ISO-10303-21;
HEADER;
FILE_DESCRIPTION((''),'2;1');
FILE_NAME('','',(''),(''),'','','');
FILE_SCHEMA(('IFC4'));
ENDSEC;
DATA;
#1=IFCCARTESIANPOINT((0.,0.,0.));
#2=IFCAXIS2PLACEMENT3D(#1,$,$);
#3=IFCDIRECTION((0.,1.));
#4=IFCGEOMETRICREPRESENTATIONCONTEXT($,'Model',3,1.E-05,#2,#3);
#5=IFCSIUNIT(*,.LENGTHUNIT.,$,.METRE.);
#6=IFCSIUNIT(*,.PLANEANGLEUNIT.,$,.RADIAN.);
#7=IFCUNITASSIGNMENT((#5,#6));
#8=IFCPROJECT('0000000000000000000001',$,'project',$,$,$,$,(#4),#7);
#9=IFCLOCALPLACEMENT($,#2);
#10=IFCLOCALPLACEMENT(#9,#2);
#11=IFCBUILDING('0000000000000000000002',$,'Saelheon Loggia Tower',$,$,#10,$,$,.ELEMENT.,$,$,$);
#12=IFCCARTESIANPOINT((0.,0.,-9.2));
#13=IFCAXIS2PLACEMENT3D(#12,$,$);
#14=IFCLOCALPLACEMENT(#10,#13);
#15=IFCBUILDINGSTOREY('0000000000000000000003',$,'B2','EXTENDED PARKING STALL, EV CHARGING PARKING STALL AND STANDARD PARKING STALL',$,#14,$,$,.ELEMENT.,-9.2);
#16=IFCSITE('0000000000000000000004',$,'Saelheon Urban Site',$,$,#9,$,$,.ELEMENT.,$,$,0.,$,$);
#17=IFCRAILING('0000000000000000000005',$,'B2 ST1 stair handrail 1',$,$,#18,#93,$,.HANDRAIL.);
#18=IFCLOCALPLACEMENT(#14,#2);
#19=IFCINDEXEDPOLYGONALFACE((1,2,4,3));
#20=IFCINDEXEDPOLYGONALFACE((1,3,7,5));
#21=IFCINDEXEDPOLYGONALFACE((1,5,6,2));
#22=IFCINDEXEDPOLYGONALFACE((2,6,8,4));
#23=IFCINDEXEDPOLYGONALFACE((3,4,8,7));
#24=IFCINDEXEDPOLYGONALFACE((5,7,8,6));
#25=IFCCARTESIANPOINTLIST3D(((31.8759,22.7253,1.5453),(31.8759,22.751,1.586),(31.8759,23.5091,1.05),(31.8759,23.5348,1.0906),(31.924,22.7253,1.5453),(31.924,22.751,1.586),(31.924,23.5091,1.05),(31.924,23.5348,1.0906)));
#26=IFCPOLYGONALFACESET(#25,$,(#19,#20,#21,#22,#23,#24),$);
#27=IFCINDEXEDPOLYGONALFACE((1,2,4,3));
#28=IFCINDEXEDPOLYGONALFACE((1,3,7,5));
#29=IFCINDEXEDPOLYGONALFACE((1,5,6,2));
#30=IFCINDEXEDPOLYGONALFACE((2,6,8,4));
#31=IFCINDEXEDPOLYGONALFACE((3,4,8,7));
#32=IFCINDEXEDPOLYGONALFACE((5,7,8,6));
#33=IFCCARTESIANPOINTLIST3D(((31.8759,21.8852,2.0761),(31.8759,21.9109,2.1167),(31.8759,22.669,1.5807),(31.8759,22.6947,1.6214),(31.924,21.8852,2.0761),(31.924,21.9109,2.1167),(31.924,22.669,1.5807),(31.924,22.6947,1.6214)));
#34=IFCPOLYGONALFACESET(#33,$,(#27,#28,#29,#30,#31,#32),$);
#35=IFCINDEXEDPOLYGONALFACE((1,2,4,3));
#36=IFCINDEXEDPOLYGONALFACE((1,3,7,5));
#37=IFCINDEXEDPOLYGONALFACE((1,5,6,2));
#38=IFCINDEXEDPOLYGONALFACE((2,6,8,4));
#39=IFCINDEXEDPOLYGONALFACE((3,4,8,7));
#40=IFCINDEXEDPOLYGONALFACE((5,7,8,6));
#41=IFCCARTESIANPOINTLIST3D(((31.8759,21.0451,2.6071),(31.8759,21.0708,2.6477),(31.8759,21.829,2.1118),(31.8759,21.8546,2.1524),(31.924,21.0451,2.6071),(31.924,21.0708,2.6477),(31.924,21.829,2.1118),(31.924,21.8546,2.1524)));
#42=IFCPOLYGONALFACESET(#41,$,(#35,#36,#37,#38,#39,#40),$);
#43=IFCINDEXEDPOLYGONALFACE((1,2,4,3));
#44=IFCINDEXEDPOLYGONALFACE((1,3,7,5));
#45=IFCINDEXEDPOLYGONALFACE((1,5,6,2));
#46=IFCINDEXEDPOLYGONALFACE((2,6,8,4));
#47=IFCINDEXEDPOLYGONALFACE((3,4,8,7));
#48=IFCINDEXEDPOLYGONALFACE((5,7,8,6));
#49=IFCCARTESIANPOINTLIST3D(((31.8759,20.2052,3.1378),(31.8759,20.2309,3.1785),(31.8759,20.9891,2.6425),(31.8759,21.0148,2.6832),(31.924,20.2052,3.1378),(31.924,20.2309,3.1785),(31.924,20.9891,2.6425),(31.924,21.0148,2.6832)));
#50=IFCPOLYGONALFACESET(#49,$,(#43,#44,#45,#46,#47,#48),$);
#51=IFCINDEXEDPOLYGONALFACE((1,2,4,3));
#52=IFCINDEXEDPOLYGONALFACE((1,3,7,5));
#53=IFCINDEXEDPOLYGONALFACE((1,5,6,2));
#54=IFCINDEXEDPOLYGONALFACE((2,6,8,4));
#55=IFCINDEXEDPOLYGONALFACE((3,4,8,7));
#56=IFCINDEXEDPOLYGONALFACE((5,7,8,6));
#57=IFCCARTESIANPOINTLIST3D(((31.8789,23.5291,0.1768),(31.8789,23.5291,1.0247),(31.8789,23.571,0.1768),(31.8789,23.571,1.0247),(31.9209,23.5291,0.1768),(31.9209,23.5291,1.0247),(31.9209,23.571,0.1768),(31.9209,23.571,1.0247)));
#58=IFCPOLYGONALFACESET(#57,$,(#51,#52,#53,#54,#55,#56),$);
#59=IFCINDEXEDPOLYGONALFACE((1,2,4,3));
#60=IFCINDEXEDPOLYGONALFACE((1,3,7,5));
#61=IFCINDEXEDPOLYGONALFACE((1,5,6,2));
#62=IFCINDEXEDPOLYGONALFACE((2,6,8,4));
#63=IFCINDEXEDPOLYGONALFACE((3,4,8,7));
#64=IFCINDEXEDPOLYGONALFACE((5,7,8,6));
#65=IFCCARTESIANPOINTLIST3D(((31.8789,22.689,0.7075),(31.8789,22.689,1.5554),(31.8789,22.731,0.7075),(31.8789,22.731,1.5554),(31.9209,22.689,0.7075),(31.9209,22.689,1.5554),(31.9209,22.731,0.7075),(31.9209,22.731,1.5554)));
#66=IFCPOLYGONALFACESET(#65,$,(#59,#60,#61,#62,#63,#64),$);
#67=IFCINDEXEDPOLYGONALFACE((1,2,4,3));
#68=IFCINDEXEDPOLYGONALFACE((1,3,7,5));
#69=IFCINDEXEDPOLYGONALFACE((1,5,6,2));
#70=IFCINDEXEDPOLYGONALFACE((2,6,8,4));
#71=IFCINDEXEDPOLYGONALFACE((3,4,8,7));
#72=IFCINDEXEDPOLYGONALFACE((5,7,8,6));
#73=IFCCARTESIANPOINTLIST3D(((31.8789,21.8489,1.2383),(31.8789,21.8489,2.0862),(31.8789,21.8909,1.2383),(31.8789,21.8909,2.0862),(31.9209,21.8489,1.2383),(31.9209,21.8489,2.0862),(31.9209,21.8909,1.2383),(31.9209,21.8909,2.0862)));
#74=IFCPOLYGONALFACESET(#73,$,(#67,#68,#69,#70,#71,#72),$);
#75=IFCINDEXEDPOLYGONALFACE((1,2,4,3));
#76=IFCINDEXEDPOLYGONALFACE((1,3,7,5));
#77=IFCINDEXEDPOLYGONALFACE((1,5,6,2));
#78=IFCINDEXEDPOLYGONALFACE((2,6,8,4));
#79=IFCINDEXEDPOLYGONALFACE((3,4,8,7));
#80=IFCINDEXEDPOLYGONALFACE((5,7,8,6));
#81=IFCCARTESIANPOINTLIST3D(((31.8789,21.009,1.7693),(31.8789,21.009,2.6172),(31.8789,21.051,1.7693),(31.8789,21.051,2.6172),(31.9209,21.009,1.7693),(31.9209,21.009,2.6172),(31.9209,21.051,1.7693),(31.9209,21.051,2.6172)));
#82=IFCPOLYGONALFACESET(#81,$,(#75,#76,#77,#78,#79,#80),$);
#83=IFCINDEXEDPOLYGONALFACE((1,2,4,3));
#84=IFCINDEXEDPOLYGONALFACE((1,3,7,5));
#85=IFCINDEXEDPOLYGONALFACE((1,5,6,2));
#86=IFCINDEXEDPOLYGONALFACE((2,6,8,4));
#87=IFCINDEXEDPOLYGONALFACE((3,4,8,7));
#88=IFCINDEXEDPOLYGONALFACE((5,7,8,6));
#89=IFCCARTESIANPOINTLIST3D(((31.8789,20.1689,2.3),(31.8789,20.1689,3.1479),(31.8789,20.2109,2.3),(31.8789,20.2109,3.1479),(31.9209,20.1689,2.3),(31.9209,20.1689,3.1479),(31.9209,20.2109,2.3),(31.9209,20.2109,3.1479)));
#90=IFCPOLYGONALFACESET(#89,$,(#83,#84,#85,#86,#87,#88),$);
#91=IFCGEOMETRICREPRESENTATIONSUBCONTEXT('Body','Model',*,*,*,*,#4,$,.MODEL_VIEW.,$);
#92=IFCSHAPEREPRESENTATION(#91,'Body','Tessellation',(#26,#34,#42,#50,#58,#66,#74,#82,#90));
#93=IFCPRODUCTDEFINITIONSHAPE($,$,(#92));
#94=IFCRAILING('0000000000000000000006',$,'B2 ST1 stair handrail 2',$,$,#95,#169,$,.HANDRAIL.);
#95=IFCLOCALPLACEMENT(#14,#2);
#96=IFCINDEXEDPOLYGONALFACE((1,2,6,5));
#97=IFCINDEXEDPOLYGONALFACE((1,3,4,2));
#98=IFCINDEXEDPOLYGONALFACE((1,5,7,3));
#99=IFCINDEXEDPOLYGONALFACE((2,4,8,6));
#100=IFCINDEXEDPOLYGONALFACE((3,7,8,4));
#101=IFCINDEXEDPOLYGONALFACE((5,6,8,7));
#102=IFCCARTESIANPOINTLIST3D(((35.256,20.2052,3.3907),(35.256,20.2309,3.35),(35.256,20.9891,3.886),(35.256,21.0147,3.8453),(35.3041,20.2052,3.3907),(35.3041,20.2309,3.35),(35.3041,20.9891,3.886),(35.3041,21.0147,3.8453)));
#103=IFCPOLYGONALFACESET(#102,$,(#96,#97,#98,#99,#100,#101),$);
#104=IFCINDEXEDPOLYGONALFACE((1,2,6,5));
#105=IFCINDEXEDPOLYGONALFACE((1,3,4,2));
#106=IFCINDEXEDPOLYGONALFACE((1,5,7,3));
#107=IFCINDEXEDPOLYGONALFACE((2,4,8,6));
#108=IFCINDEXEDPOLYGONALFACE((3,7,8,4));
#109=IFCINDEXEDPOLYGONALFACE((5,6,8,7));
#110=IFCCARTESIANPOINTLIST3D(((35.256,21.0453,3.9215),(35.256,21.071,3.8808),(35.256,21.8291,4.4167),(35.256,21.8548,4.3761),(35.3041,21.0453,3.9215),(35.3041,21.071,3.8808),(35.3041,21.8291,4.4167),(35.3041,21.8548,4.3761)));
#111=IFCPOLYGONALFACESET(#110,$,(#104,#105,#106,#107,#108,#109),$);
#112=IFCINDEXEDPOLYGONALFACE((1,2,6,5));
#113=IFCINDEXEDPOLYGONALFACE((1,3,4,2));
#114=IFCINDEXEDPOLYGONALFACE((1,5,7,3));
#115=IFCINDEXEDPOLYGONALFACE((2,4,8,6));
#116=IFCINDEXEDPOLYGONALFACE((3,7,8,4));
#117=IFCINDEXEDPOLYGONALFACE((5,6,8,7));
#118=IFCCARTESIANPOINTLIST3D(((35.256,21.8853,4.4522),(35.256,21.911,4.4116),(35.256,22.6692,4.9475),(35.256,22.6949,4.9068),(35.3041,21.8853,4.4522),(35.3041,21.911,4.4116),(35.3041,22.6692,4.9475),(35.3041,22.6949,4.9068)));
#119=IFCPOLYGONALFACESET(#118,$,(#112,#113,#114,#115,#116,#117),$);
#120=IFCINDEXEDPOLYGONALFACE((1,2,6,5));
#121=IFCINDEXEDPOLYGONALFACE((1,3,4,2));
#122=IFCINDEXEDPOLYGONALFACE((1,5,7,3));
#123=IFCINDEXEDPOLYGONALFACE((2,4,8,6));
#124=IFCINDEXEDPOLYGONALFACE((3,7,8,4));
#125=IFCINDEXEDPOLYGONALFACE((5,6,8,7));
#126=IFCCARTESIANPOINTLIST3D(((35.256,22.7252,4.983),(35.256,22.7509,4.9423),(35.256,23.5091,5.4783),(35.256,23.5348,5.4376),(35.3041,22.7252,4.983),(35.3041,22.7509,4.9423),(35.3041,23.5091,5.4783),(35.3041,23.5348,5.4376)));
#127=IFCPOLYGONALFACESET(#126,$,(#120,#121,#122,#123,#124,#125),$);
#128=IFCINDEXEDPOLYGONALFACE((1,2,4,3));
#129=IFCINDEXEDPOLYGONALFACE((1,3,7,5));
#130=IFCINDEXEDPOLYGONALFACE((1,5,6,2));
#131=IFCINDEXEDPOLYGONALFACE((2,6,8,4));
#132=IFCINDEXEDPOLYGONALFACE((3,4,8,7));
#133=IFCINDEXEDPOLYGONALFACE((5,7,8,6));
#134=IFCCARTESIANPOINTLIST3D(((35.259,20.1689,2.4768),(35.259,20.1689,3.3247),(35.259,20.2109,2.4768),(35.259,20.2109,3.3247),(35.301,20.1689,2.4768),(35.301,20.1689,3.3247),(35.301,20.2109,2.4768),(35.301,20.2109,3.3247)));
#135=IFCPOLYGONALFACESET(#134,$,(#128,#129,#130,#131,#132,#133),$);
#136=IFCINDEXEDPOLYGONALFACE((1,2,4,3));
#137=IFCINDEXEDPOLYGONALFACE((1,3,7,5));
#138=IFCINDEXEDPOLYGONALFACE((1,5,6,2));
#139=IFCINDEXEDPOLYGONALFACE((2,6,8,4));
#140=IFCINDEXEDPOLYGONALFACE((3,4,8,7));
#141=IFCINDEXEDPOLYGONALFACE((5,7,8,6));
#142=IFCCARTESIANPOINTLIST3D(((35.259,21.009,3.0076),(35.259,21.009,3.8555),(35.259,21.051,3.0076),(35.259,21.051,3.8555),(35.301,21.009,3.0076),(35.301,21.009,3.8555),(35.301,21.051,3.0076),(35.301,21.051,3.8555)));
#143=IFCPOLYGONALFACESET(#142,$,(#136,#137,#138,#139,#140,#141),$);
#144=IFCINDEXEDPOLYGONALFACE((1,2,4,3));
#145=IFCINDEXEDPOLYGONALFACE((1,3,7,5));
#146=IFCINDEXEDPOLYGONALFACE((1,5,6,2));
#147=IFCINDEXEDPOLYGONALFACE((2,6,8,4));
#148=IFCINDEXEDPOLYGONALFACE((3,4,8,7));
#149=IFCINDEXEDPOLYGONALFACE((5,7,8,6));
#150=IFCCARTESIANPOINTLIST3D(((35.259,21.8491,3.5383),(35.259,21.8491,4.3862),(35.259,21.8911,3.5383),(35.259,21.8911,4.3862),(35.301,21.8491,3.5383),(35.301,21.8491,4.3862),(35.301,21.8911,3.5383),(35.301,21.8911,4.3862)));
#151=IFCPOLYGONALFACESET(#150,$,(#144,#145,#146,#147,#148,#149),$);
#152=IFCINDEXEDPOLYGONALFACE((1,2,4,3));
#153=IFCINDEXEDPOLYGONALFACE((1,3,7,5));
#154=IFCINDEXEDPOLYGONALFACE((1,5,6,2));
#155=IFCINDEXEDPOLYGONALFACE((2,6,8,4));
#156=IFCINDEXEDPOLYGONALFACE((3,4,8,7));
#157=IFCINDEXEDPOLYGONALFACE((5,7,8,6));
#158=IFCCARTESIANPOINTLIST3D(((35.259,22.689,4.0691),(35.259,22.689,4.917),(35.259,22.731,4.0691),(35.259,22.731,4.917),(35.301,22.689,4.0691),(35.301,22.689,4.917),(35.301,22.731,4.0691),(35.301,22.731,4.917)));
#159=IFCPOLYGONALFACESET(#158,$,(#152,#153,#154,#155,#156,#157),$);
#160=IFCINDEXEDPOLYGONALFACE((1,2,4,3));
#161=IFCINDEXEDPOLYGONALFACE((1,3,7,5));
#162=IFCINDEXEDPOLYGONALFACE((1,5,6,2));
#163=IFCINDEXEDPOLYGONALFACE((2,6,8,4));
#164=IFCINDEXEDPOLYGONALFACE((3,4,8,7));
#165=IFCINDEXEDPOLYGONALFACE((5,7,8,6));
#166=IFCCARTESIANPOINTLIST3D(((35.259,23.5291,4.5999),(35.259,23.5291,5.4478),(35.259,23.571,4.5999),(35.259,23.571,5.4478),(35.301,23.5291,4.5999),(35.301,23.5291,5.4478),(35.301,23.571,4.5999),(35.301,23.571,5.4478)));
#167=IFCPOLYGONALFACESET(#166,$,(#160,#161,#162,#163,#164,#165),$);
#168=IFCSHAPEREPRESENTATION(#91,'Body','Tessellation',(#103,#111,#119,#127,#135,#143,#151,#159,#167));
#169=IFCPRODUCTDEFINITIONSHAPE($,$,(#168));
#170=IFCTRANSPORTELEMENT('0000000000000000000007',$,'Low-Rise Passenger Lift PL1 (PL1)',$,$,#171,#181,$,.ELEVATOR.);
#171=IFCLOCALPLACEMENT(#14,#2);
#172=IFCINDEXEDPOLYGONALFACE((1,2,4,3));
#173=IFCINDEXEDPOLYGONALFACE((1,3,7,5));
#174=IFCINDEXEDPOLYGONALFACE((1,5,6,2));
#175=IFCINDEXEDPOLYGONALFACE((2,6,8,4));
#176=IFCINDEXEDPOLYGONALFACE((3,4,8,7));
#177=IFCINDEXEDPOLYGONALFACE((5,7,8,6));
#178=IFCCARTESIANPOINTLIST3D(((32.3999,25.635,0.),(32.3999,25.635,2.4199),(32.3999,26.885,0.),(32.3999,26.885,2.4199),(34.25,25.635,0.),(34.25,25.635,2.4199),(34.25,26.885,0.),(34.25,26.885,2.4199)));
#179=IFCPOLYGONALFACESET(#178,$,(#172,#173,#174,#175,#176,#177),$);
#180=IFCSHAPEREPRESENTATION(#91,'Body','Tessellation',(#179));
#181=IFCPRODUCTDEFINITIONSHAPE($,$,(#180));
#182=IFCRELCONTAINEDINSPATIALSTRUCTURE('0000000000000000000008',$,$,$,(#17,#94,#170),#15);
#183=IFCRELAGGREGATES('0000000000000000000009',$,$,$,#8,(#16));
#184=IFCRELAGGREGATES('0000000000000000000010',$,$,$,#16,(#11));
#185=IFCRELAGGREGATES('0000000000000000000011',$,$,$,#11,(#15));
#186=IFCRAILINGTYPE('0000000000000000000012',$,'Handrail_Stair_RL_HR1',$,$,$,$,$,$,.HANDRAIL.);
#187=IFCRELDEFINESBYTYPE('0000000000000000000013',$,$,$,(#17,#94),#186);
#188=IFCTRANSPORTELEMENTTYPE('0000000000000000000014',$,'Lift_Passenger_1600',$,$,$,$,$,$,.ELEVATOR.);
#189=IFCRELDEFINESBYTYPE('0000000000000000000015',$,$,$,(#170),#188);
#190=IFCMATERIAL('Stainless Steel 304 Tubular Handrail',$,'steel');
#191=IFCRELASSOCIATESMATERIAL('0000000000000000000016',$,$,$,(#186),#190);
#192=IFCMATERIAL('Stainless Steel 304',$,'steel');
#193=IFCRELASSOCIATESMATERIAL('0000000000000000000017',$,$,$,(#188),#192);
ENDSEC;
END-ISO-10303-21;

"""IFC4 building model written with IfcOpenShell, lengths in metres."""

from ifc_helpers import new_model, si_unit, direction, frame, origin, origin_2d, place, context, subcontext, project, spatial, rectangle, extrude, source, transform, mapped, material, type_object, element, save


model = new_model("IFC4")

# Units and contexts
model_context = context("Model", 3, precision=1e-05, world=origin(), true_north=direction((0.0, 1.0)))
body_context = subcontext(model_context, "Body", "Model", "MODEL_VIEW")
ifc_project = project(units=[si_unit("LENGTHUNIT", "METRE"), si_unit("PLANEANGLEUNIT", "RADIAN")], contexts=[model_context])

# Site, building, storey
site_placement = place(None, origin())
site = spatial("IfcSite", under=ifc_project, at=site_placement, Name="Saelheon Urban Site", CompositionType="ELEMENT", RefElevation=0.0)
building_placement = place(site_placement, origin())
building = spatial("IfcBuilding", under=site, at=building_placement, Name="Saelheon Loggia Tower", CompositionType="ELEMENT")
storey_placement = place(building_placement, frame((0.0, 0.0, -9.2)))
storey = spatial("IfcBuildingStorey", under=building, at=storey_placement, Name="B2", Description="EXTENDED PARKING STALL, EV CHARGING PARKING STALL AND STANDARD PARKING STALL", CompositionType="ELEMENT", Elevation=-9.2)

# Railings
ifc_material_1 = material(Name="Stainless Steel 304 Tubular Handrail", Category="steel")
railing_type_1 = type_object("IfcRailingType", Name="Handrail_Stair_RL_HR1", PredefinedType="HANDRAIL", material=ifc_material_1)
railing_1_placement = place(storey_placement, frame((31.8999, 23.55, 0.1768)))
element("IfcRailing", 1, at=railing_1_placement, inside=storey, type_object=railing_type_1, Name="B2 ST1 stair handrail 1", PredefinedType="HANDRAIL", context=body_context, shape_type="SweptSolid", body=[
    extrude(rectangle(XDim=0.0481, YDim=0.0481, at=origin_2d()), frame((0.0, -0.0281, 0.8936), z_axis=(0.0, -0.845362, 0.534194), x_axis=(1.0, 0.0, 0.0)), (0.0, 0.0, 1.0), 0.9272),
    extrude(rectangle(XDim=0.0481, YDim=0.0481, at=origin_2d()), frame((0.0, -0.8682, 1.4243), z_axis=(0.0, -0.845362, 0.534194), x_axis=(1.0, 0.0, 0.0)), (0.0, 0.0, 1.0), 0.9272),
    extrude(rectangle(XDim=0.0481, YDim=0.0481, at=origin_2d()), frame((0.0, -1.7083, 1.9553), z_axis=(0.0, -0.845362, 0.534194), x_axis=(1.0, 0.0, 0.0)), (0.0, 0.0, 1.0), 0.9272),
    extrude(rectangle(XDim=0.0481, YDim=0.0481, at=origin_2d()), frame((0.0, -2.5481, 2.4861), z_axis=(0.0, -0.845362, 0.534194), x_axis=(1.0, 0.0, 0.0)), (0.0, 0.0, 1.0), 0.9272),
    extrude(rectangle(XDim=0.042, YDim=0.042, at=origin_2d()), origin(), (0.0, 0.0, 1.0), 0.8479),
    extrude(rectangle(XDim=0.042, YDim=0.042, at=origin_2d()), frame((0.0, -0.8401, 0.5308)), (0.0, 0.0, 1.0), 0.8479),
    extrude(rectangle(XDim=0.042, YDim=0.042, at=origin_2d()), frame((0.0, -1.6802, 1.0615)), (0.0, 0.0, 1.0), 0.8479),
    extrude(rectangle(XDim=0.042, YDim=0.042, at=origin_2d()), frame((0.0, -2.52, 1.5925)), (0.0, 0.0, 1.0), 0.8479),
    extrude(rectangle(XDim=0.042, YDim=0.042, at=origin_2d()), frame((0.0, -3.3601, 2.1233)), (0.0, 0.0, 1.0), 0.8479),
])
railing_2_placement = place(storey_placement, frame((35.28, 20.1899, 2.4768)))
element("IfcRailing", 2, at=railing_2_placement, inside=storey, type_object=railing_type_1, Name="B2 ST1 stair handrail 2", PredefinedType="HANDRAIL", context=body_context, shape_type="SweptSolid", body=[
    extrude(rectangle(XDim=0.0481, YDim=0.0481, at=origin_2d()), frame((0.0, 0.0281, 0.8936), z_axis=(0.0, 0.84539, 0.53415), x_axis=(-1.0, 0.0, 0.0)), (0.0, 0.0, 1.0), 0.9272),
    extrude(rectangle(XDim=0.0481, YDim=0.0481, at=origin_2d()), frame((0.0, 0.8682, 1.4243), z_axis=(0.0, 0.84539, 0.53415), x_axis=(-1.0, 0.0, 0.0)), (0.0, 0.0, 1.0), 0.9272),
    extrude(rectangle(XDim=0.0481, YDim=0.0481, at=origin_2d()), frame((0.0, 1.7083, 1.9551), z_axis=(0.0, 0.84539, 0.53415), x_axis=(-1.0, 0.0, 0.0)), (0.0, 0.0, 1.0), 0.9272),
    extrude(rectangle(XDim=0.0481, YDim=0.0481, at=origin_2d()), frame((0.0, 2.5481, 2.4858), z_axis=(0.0, 0.84539, 0.53415), x_axis=(-1.0, 0.0, 0.0)), (0.0, 0.0, 1.0), 0.9272),
    extrude(rectangle(XDim=0.042, YDim=0.042, at=origin_2d()), origin(), (0.0, 0.0, 1.0), 0.8479),
    extrude(rectangle(XDim=0.042, YDim=0.042, at=origin_2d()), frame((0.0, 0.8401, 0.5308)), (0.0, 0.0, 1.0), 0.8479),
    extrude(rectangle(XDim=0.042, YDim=0.042, at=origin_2d()), frame((0.0, 1.6802, 1.0615)), (0.0, 0.0, 1.0), 0.8479),
    extrude(rectangle(XDim=0.042, YDim=0.042, at=origin_2d()), frame((0.0, 2.52, 1.5923)), (0.0, 0.0, 1.0), 0.8479),
    extrude(rectangle(XDim=0.042, YDim=0.042, at=origin_2d()), frame((0.0, 3.3601, 2.123)), (0.0, 0.0, 1.0), 0.8479),
])

# Transport element
ifc_material_2 = material(Name="Stainless Steel 304", Category="steel")
transport_element_type = type_object("IfcTransportElementType", Name="Lift_Passenger_1600", PredefinedType="ELEVATOR", material=ifc_material_2)
shared_shape_1 = source(origin(), body_context, "Body", "SweptSolid", [
    extrude(rectangle(XDim=1.8501, YDim=1.25, at=origin_2d()), origin(), (0.0, 0.0, 1.0), 2.4199),
])
transport_element_placement = place(storey_placement, frame((33.325, 26.26, 0.0), z_axis=(0.0, 0.0, 1.0), x_axis=(1.0, 0.0, 0.0)))
element("IfcTransportElement", 3, at=transport_element_placement, inside=storey, type_object=transport_element_type, Name="Low-Rise Passenger Lift PL1 (PL1)", PredefinedType="ELEVATOR", context=body_context, shape_type="MappedRepresentation", body=[
    mapped(shared_shape_1, transform((0.0, 0.0, 0.0), scale=1.0)),
])

save(model, "model.ifc")
